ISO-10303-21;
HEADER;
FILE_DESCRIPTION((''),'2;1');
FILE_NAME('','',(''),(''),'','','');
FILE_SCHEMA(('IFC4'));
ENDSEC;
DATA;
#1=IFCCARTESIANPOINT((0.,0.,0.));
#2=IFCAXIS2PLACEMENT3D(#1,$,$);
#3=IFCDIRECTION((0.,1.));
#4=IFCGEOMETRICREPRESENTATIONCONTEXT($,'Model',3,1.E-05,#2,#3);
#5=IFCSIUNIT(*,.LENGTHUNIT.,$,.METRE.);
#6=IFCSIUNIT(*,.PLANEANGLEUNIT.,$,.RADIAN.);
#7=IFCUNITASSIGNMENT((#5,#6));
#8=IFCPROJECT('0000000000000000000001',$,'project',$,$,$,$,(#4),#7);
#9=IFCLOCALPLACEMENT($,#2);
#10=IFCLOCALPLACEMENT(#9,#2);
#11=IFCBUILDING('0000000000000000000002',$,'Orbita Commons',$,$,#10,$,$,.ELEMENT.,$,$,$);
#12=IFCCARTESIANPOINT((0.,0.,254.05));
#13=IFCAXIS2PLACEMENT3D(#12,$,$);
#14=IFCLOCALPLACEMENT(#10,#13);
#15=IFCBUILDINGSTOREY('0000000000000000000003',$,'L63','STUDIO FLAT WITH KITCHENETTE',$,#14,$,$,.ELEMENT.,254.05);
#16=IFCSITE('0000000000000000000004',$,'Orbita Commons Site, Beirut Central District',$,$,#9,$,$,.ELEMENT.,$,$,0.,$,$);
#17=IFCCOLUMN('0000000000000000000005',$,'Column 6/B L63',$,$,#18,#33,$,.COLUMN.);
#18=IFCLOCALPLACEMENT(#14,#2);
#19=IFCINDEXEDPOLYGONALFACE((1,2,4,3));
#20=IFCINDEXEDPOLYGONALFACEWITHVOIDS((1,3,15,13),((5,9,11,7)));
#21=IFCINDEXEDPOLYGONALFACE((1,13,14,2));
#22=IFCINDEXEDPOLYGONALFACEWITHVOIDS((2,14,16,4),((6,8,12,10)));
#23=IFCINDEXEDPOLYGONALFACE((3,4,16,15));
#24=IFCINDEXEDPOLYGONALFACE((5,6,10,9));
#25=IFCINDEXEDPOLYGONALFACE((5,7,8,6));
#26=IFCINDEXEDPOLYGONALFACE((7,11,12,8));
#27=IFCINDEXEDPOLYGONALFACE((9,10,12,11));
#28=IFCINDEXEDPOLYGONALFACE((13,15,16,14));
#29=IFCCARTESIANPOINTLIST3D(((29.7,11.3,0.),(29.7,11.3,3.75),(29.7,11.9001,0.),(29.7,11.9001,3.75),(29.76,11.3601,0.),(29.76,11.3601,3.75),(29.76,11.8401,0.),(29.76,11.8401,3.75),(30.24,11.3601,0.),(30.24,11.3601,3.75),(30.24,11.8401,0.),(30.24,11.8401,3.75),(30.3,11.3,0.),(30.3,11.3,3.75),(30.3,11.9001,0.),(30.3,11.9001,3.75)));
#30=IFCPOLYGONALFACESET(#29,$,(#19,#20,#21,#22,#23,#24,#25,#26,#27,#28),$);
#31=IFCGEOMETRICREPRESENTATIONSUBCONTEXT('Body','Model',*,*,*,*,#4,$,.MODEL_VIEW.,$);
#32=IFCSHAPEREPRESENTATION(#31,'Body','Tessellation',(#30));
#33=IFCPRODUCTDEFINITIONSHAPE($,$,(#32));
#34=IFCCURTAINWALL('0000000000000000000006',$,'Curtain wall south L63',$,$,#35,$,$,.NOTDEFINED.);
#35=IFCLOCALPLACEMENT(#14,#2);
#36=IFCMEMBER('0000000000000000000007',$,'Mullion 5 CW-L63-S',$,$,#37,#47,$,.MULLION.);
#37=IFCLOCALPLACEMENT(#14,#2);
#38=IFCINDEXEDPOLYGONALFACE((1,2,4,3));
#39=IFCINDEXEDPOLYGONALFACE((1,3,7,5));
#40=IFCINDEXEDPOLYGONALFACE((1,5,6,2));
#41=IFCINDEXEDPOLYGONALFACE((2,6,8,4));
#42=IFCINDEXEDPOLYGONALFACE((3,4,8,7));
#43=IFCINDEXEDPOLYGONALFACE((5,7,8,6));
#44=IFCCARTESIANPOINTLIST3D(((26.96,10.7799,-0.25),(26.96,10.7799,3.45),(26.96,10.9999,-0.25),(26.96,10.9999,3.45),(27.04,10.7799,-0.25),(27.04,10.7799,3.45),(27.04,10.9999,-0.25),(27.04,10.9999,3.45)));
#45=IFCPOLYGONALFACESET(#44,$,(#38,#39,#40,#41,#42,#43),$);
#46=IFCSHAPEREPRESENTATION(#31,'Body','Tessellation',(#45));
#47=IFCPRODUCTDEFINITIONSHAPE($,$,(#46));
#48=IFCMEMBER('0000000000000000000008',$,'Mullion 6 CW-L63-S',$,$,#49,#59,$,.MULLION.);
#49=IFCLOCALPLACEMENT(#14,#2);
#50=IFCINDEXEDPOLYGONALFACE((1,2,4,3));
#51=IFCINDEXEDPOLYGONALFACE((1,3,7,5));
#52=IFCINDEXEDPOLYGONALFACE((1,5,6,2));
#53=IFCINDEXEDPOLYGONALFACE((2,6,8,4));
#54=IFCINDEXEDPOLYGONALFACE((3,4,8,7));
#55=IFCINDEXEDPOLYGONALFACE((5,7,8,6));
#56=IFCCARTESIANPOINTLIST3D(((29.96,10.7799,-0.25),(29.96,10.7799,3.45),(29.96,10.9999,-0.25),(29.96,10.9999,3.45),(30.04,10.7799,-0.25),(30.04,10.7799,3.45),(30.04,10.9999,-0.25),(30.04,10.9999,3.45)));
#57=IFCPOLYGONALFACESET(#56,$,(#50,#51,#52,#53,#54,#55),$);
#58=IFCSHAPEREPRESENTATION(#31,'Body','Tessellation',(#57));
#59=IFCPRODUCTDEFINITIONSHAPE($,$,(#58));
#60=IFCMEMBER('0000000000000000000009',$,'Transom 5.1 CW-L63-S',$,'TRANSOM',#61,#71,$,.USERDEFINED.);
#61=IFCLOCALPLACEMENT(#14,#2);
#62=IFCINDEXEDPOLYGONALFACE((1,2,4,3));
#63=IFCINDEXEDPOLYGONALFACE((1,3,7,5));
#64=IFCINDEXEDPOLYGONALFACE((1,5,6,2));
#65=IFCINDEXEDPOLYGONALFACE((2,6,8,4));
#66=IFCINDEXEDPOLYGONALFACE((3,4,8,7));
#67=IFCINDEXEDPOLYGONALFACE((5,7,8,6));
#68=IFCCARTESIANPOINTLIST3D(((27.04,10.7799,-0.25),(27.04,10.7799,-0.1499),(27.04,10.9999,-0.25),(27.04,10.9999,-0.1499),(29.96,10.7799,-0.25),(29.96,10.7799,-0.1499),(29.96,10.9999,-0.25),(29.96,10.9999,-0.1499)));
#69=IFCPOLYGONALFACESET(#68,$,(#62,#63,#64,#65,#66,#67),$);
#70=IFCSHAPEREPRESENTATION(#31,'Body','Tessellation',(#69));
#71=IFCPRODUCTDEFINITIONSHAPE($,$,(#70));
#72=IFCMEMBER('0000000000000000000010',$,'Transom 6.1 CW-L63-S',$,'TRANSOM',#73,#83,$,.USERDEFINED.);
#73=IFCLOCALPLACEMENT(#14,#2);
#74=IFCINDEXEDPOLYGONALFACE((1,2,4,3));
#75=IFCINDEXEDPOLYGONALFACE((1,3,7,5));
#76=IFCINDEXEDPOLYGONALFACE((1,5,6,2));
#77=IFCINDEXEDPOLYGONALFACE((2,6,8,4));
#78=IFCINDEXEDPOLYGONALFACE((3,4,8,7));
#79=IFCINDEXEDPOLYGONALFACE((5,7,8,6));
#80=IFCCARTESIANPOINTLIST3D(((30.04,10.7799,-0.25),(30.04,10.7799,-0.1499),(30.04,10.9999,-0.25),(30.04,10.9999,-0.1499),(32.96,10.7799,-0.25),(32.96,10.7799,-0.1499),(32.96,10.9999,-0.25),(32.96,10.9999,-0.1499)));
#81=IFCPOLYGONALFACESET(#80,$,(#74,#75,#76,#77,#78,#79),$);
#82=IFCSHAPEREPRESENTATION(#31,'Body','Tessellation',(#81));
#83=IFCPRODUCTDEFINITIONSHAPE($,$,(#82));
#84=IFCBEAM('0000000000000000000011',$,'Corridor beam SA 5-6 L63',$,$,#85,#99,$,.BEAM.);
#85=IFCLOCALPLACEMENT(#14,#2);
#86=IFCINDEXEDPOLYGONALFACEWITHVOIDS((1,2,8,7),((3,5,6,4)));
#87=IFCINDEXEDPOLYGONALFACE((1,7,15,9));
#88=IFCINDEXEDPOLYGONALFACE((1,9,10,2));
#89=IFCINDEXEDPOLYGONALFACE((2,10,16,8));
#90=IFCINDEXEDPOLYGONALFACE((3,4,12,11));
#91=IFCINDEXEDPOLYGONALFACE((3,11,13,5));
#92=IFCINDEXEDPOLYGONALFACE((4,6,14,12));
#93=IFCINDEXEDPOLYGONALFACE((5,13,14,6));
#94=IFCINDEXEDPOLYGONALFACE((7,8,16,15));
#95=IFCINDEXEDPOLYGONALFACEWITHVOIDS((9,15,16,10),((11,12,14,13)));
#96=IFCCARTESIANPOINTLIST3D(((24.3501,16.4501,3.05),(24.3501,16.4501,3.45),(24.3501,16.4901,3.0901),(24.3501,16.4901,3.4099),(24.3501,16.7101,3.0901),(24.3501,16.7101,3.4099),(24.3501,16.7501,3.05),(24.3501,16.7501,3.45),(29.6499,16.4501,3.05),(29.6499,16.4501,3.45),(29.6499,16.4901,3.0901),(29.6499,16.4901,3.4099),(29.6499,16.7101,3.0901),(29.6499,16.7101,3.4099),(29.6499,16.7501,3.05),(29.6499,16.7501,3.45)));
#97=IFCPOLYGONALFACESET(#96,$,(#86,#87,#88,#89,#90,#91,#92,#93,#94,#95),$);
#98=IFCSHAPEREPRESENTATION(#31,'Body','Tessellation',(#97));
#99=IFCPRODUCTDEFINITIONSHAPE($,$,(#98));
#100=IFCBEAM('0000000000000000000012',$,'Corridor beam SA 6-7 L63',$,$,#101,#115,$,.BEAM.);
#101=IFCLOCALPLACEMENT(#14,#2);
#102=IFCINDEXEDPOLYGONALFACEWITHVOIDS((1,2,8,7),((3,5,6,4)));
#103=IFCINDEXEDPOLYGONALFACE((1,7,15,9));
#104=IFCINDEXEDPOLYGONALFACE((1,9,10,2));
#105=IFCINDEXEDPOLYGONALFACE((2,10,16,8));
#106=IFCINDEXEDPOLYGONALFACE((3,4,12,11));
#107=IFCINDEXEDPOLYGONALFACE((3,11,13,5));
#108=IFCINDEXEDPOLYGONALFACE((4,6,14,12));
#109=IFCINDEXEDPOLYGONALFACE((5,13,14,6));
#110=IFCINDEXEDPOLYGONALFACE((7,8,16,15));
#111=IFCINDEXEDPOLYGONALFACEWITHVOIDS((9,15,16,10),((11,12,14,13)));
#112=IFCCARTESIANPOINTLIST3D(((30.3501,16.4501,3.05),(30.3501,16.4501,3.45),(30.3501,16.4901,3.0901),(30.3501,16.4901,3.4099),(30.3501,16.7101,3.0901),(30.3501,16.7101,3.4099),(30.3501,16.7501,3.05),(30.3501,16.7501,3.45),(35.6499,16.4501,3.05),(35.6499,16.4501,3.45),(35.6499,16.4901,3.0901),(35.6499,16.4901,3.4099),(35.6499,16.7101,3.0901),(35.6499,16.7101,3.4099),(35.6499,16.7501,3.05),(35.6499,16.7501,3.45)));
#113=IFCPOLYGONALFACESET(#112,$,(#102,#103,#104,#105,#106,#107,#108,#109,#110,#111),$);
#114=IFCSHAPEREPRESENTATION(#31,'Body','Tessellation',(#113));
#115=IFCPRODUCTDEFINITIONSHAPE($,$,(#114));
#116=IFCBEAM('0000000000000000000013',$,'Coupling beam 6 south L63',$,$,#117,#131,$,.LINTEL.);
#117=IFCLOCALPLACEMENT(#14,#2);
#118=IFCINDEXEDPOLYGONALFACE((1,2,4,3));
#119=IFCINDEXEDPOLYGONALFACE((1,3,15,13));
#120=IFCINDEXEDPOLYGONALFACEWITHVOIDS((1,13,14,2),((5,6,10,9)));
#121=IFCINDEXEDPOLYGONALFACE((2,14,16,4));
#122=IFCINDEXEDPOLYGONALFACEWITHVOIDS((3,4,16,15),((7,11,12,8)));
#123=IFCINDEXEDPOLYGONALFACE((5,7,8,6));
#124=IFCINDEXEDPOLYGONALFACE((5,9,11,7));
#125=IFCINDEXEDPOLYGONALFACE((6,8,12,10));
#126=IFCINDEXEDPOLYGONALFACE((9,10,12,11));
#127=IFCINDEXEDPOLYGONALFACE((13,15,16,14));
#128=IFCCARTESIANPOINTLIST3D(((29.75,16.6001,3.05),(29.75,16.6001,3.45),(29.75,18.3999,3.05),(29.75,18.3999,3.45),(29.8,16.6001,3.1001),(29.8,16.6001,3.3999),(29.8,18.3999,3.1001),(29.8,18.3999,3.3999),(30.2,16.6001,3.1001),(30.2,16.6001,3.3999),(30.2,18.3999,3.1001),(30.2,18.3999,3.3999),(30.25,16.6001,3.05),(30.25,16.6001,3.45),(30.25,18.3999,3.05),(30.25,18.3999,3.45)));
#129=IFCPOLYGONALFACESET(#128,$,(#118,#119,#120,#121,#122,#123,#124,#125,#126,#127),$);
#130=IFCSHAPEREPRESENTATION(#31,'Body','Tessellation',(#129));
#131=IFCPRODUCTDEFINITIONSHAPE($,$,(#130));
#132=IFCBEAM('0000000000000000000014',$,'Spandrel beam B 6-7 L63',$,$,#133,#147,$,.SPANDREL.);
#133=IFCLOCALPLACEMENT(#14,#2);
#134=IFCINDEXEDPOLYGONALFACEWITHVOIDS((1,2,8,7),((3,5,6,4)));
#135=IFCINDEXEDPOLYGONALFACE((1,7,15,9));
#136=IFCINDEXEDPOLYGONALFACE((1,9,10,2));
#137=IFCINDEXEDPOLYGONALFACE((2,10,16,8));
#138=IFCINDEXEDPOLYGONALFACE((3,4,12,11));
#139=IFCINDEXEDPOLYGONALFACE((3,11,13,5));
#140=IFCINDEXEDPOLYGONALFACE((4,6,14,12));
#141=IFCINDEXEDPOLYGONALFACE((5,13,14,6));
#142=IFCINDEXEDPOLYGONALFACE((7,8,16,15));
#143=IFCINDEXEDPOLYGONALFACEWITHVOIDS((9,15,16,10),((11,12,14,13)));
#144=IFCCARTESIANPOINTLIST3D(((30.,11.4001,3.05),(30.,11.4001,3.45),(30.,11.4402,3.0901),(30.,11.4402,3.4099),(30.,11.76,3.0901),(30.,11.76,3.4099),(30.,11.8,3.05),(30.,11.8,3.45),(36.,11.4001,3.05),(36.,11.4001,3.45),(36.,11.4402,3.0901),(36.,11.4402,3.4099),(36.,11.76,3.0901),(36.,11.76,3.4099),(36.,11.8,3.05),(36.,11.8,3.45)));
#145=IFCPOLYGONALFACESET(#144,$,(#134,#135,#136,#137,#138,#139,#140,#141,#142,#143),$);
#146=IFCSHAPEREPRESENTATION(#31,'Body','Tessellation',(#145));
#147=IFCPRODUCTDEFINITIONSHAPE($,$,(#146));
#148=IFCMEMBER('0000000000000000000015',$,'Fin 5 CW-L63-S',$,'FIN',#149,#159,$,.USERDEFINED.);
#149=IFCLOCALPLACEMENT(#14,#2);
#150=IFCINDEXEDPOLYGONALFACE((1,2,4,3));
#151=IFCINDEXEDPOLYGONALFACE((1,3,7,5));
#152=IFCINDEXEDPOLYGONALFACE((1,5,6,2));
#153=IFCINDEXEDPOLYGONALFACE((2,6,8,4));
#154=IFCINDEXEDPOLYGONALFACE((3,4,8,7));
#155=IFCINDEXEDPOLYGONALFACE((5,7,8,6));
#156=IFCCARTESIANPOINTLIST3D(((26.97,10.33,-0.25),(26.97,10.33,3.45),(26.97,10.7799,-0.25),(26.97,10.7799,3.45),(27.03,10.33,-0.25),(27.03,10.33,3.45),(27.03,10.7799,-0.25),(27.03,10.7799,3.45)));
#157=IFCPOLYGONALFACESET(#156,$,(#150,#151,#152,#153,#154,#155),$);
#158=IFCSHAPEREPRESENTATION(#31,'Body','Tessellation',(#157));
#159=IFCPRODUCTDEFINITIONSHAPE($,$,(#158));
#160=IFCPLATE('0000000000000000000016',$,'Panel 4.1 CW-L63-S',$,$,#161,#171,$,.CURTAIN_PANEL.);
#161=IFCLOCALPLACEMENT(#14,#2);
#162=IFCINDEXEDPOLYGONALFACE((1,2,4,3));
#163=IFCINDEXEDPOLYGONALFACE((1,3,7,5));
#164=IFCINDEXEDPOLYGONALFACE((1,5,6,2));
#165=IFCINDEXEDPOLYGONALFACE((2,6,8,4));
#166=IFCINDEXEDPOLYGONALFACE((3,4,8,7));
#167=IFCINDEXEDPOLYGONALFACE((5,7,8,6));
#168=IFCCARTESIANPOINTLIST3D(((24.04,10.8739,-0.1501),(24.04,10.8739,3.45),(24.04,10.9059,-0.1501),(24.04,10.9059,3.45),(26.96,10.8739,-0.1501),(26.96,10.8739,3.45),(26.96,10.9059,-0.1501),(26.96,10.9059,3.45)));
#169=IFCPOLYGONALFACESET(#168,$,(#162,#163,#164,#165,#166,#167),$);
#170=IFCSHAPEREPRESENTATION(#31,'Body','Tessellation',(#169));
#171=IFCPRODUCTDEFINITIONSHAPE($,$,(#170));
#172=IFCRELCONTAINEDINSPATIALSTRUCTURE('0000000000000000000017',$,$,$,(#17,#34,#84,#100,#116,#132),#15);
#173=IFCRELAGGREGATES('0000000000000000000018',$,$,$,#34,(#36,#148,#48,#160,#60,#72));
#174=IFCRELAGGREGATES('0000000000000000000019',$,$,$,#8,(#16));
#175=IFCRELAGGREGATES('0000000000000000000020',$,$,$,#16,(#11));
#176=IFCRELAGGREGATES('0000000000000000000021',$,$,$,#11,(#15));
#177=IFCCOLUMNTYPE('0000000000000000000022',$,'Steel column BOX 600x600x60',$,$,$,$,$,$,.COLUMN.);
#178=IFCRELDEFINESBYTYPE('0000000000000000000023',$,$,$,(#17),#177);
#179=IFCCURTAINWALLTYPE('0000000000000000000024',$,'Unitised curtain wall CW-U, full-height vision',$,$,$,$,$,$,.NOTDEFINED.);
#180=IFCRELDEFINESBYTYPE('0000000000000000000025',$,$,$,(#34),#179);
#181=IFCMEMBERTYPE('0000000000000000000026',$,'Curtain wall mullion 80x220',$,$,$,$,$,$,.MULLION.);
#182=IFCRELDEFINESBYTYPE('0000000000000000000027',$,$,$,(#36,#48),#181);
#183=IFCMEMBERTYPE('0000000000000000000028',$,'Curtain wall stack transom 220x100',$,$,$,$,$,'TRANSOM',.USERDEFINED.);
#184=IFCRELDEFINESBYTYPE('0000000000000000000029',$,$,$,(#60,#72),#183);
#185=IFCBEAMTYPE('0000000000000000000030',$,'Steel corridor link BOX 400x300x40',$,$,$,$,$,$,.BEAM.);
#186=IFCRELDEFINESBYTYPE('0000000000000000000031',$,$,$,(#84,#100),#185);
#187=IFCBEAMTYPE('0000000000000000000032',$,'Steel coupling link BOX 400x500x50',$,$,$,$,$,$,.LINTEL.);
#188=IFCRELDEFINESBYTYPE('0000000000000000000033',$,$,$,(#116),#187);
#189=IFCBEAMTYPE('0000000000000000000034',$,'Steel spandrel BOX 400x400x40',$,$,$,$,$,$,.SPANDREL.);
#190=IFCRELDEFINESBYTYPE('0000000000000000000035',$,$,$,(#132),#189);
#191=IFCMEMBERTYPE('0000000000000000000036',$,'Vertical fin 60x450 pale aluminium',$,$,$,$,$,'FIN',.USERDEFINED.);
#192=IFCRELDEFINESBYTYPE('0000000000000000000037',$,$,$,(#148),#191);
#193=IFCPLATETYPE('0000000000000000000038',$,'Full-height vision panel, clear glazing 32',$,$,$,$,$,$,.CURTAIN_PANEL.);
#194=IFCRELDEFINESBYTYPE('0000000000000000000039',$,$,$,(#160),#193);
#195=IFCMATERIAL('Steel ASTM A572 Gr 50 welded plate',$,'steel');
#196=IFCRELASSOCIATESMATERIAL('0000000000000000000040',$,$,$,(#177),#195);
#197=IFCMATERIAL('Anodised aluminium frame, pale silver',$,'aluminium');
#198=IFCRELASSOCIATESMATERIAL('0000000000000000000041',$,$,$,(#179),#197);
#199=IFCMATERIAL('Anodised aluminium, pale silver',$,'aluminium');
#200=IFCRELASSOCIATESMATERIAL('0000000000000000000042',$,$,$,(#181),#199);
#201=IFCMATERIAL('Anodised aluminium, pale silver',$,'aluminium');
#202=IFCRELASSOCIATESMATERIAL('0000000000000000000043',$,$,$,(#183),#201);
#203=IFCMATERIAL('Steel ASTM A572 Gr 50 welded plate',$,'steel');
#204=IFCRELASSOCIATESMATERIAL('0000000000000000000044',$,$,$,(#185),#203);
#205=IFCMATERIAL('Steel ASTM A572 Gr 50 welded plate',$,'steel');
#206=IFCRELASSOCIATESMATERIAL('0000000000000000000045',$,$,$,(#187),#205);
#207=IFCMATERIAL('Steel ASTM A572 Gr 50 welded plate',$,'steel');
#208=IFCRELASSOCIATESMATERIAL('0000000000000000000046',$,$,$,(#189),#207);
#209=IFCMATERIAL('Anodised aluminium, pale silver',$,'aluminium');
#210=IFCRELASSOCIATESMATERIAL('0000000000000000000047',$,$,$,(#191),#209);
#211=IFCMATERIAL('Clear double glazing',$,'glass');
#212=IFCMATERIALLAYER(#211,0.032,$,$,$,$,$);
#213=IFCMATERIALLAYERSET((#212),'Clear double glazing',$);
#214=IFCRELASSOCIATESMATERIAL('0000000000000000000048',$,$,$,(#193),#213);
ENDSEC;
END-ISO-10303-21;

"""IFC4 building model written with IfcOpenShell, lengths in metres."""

from ifc_helpers import new_model, si_unit, direction, frame, origin, origin_2d, place, context, subcontext, project, spatial, rectangle, hollow_rectangle, extrude, material, layer, layer_set, material_profile, profile_set, type_object, element, aggregate, save


model = new_model("IFC4")

# Units and contexts
model_context = context("Model", 3, precision=1e-05, world=origin(), true_north=direction((0.0, 1.0)))
body_context = subcontext(model_context, "Body", "Model", "MODEL_VIEW")
ifc_project = project(units=[si_unit("LENGTHUNIT", "METRE"), si_unit("PLANEANGLEUNIT", "RADIAN")], contexts=[model_context])

# Site, building, storey
site_placement = place(None, origin())
site = spatial("IfcSite", under=ifc_project, at=site_placement, Name="Orbita Commons Site, Beirut Central District", CompositionType="ELEMENT", RefElevation=0.0)
building_placement = place(site_placement, origin())
building = spatial("IfcBuilding", under=site, at=building_placement, Name="Orbita Commons", CompositionType="ELEMENT")
storey_placement = place(building_placement, frame((0.0, 0.0, 254.05)))
storey = spatial("IfcBuildingStorey", under=building, at=storey_placement, Name="L63", Description="STUDIO FLAT WITH KITCHENETTE", CompositionType="ELEMENT", Elevation=254.05)

# Column
ifc_material_1 = material(Name="Steel ASTM A572 Gr 50 welded plate", Category="steel")
ifc_material_profile_1 = material_profile(ifc_material_1, hollow_rectangle(XDim=0.6001, YDim=0.6001, WallThickness=0.0601, at=origin_2d()), Name="BOX 600x600x60")
ifc_profile_set_1 = profile_set([ifc_material_profile_1], Name="Steel ASTM A572 Gr 50 welded plate")
column_type = type_object("IfcColumnType", Name="Steel column BOX 600x600x60", PredefinedType="COLUMN", material=ifc_profile_set_1)
column_placement = place(storey_placement, frame((30.0, 11.6001, 0.0), z_axis=(0.0, 0.0, 1.0), x_axis=(1.0, 0.0, 0.0)))
element("IfcColumn", 1, at=column_placement, inside=storey, type_object=column_type, Name="Column 6/B L63", PredefinedType="COLUMN", context=body_context, shape_type="SweptSolid", body=[
    extrude(hollow_rectangle(XDim=0.6001, YDim=0.6001, WallThickness=0.0601, at=origin_2d()), origin(), (0.0, 0.0, 1.0), 3.75),
])

# Curtain wall, members
ifc_material_2 = material(Name="Anodised aluminium frame, pale silver", Category="aluminium")
curtain_wall_type = type_object("IfcCurtainWallType", Name="Unitised curtain wall CW-U, full-height vision", PredefinedType="NOTDEFINED", material=ifc_material_2)
curtain_wall_placement = place(storey_placement, origin())
curtain_wall = element("IfcCurtainWall", 2, at=curtain_wall_placement, inside=storey, type_object=curtain_wall_type, Name="Curtain wall south L63", PredefinedType="NOTDEFINED")
ifc_material_3 = material(Name="Anodised aluminium, pale silver", Category="aluminium")
ifc_material_profile_2 = material_profile(ifc_material_3, rectangle(XDim=0.0801, YDim=0.22, at=origin_2d()), Name="AL 80x220")
ifc_profile_set_2 = profile_set([ifc_material_profile_2], Name="Anodised aluminium, pale silver")
member_type_1 = type_object("IfcMemberType", Name="Curtain wall mullion 80x220", PredefinedType="MULLION", material=ifc_profile_set_2)
member_1_placement = place(storey_placement, frame((27.0, 10.8899, -0.25), z_axis=(0.0, 0.0, 1.0), x_axis=(1.0, 0.0, 0.0)))
member_1 = element("IfcMember", 3, at=member_1_placement, type_object=member_type_1, Name="Mullion 5 CW-L63-S", PredefinedType="MULLION", context=body_context, shape_type="SweptSolid", body=[
    extrude(rectangle(XDim=0.0801, YDim=0.22, at=origin_2d()), origin(), (0.0, 0.0, 1.0), 3.7),
])
member_2_placement = place(storey_placement, frame((30.0, 10.8899, -0.25), z_axis=(0.0, 0.0, 1.0), x_axis=(1.0, 0.0, 0.0)))
member_2 = element("IfcMember", 4, at=member_2_placement, type_object=member_type_1, Name="Mullion 6 CW-L63-S", PredefinedType="MULLION", context=body_context, shape_type="SweptSolid", body=[
    extrude(rectangle(XDim=0.0801, YDim=0.22, at=origin_2d()), origin(), (0.0, 0.0, 1.0), 3.7),
])
ifc_material_4 = material(Name="Anodised aluminium, pale silver", Category="aluminium")
ifc_material_profile_3 = material_profile(ifc_material_4, rectangle(XDim=0.22, YDim=0.1001, at=origin_2d()), Name="AL 220x100")
ifc_profile_set_3 = profile_set([ifc_material_profile_3], Name="Anodised aluminium, pale silver")
member_type_2 = type_object("IfcMemberType", Name="Curtain wall stack transom 220x100", ElementType="TRANSOM", PredefinedType="USERDEFINED", material=ifc_profile_set_3)
member_3_placement = place(storey_placement, frame((27.04, 10.8899, -0.2), z_axis=(1.0, 0.0, 0.0), x_axis=(0.0, 1.0, 0.0)))
member_3 = element("IfcMember", 5, at=member_3_placement, type_object=member_type_2, Name="Transom 5.1 CW-L63-S", ObjectType="TRANSOM", PredefinedType="USERDEFINED", context=body_context, shape_type="SweptSolid", body=[
    extrude(rectangle(XDim=0.22, YDim=0.1001, at=origin_2d()), origin(), (0.0, 0.0, 1.0), 2.9199),
])
member_4_placement = place(storey_placement, frame((30.04, 10.8899, -0.2), z_axis=(1.0, 0.0, 0.0), x_axis=(0.0, 1.0, 0.0)))
member_4 = element("IfcMember", 6, at=member_4_placement, type_object=member_type_2, Name="Transom 6.1 CW-L63-S", ObjectType="TRANSOM", PredefinedType="USERDEFINED", context=body_context, shape_type="SweptSolid", body=[
    extrude(rectangle(XDim=0.22, YDim=0.1001, at=origin_2d()), origin(), (0.0, 0.0, 1.0), 2.9199),
])

# Beams
ifc_material_5 = material(Name="Steel ASTM A572 Gr 50 welded plate", Category="steel")
ifc_material_profile_4 = material_profile(ifc_material_5, hollow_rectangle(XDim=0.3, YDim=0.3999, WallThickness=0.04, at=origin_2d()), Name="BOX 400x300x40")
ifc_profile_set_4 = profile_set([ifc_material_profile_4], Name="Steel ASTM A572 Gr 50 welded plate")
beam_type_1 = type_object("IfcBeamType", Name="Steel corridor link BOX 400x300x40", PredefinedType="BEAM", material=ifc_profile_set_4)
for number, where, z_axis, x_axis, name in (
    (7, (24.3501, 16.6001, 3.25), (1.0, 0.0, 0.0), (0.0, 1.0, 0.0), "Corridor beam SA 5-6 L63"),
    (8, (30.3501, 16.6001, 3.25), (1.0, 0.0, 0.0), (0.0, 1.0, 0.0), "Corridor beam SA 6-7 L63"),
):
    element("IfcBeam", number, at=place(storey_placement, frame(where, z_axis=z_axis, x_axis=x_axis)), inside=storey, type_object=beam_type_1, Name=name, PredefinedType="BEAM", context=body_context, shape_type="SweptSolid", body=[
        extrude(hollow_rectangle(XDim=0.3, YDim=0.3999, WallThickness=0.04, at=origin_2d()), origin(), (0.0, 0.0, 1.0), 5.2998),
    ])
ifc_material_6 = material(Name="Steel ASTM A572 Gr 50 welded plate", Category="steel")
ifc_material_profile_5 = material_profile(ifc_material_6, hollow_rectangle(XDim=0.5, YDim=0.3999, WallThickness=0.05, at=origin_2d()), Name="BOX 400x500x50")
ifc_profile_set_5 = profile_set([ifc_material_profile_5], Name="Steel ASTM A572 Gr 50 welded plate")
beam_type_2 = type_object("IfcBeamType", Name="Steel coupling link BOX 400x500x50", PredefinedType="LINTEL", material=ifc_profile_set_5)
beam_1_placement = place(storey_placement, frame((30.0, 16.6001, 3.25), z_axis=(0.0, 1.0, 0.0), x_axis=(-1.0, 0.0, 0.0)))
element("IfcBeam", 9, at=beam_1_placement, inside=storey, type_object=beam_type_2, Name="Coupling beam 6 south L63", PredefinedType="LINTEL", context=body_context, shape_type="SweptSolid", body=[
    extrude(hollow_rectangle(XDim=0.5, YDim=0.3999, WallThickness=0.05, at=origin_2d()), origin(), (0.0, 0.0, 1.0), 1.7998),
])
ifc_material_7 = material(Name="Steel ASTM A572 Gr 50 welded plate", Category="steel")
ifc_material_profile_6 = material_profile(ifc_material_7, hollow_rectangle(XDim=0.3999, YDim=0.3999, WallThickness=0.04, at=origin_2d()), Name="BOX 400x400x40")
ifc_profile_set_6 = profile_set([ifc_material_profile_6], Name="Steel ASTM A572 Gr 50 welded plate")
beam_type_3 = type_object("IfcBeamType", Name="Steel spandrel BOX 400x400x40", PredefinedType="SPANDREL", material=ifc_profile_set_6)
beam_2_placement = place(storey_placement, frame((30.0, 11.6001, 3.25), z_axis=(1.0, 0.0, 0.0), x_axis=(0.0, 1.0, 0.0)))
element("IfcBeam", 10, at=beam_2_placement, inside=storey, type_object=beam_type_3, Name="Spandrel beam B 6-7 L63", PredefinedType="SPANDREL", context=body_context, shape_type="SweptSolid", body=[
    extrude(hollow_rectangle(XDim=0.3999, YDim=0.3999, WallThickness=0.04, at=origin_2d()), origin(), (0.0, 0.0, 1.0), 6.0),
])

# Member
ifc_material_8 = material(Name="Anodised aluminium, pale silver", Category="aluminium")
ifc_material_profile_7 = material_profile(ifc_material_8, rectangle(XDim=0.0601, YDim=0.45, at=origin_2d()), Name="FIN 60x450")
ifc_profile_set_7 = profile_set([ifc_material_profile_7], Name="Anodised aluminium, pale silver")
member_type_3 = type_object("IfcMemberType", Name="Vertical fin 60x450 pale aluminium", ElementType="FIN", PredefinedType="USERDEFINED", material=ifc_profile_set_7)
member_5_placement = place(storey_placement, frame((27.0, 10.5549, -0.25), z_axis=(0.0, 0.0, 1.0), x_axis=(1.0, 0.0, 0.0)))
member_5 = element("IfcMember", 11, at=member_5_placement, type_object=member_type_3, Name="Fin 5 CW-L63-S", ObjectType="FIN", PredefinedType="USERDEFINED", context=body_context, shape_type="SweptSolid", body=[
    extrude(rectangle(XDim=0.0601, YDim=0.45, at=origin_2d()), origin(), (0.0, 0.0, 1.0), 3.7),
])

# Plate
ifc_material_9 = material(Name="Clear double glazing", Category="glass")
ifc_layer_1 = layer(ifc_material_9, 0.032)
ifc_layer_set_1 = layer_set([ifc_layer_1], Name="Clear double glazing")
plate_type = type_object("IfcPlateType", Name="Full-height vision panel, clear glazing 32", PredefinedType="CURTAIN_PANEL", material=ifc_layer_set_1)
plate_1_placement = place(storey_placement, frame((25.5, 10.8899, -0.1501), z_axis=(0.0, 0.0, 1.0), x_axis=(1.0, 0.0, 0.0)))
plate_1 = element("IfcPlate", 12, at=plate_1_placement, type_object=plate_type, Name="Panel 4.1 CW-L63-S", PredefinedType="CURTAIN_PANEL", context=body_context, shape_type="SweptSolid", body=[
    extrude(rectangle(XDim=2.9199, YDim=0.032, at=origin_2d()), origin(), (0.0, 0.0, 1.0), 3.6001),
])
aggregate(curtain_wall, [member_1, member_5, member_2, plate_1, member_3, member_4])

save(model, "model.ifc")
